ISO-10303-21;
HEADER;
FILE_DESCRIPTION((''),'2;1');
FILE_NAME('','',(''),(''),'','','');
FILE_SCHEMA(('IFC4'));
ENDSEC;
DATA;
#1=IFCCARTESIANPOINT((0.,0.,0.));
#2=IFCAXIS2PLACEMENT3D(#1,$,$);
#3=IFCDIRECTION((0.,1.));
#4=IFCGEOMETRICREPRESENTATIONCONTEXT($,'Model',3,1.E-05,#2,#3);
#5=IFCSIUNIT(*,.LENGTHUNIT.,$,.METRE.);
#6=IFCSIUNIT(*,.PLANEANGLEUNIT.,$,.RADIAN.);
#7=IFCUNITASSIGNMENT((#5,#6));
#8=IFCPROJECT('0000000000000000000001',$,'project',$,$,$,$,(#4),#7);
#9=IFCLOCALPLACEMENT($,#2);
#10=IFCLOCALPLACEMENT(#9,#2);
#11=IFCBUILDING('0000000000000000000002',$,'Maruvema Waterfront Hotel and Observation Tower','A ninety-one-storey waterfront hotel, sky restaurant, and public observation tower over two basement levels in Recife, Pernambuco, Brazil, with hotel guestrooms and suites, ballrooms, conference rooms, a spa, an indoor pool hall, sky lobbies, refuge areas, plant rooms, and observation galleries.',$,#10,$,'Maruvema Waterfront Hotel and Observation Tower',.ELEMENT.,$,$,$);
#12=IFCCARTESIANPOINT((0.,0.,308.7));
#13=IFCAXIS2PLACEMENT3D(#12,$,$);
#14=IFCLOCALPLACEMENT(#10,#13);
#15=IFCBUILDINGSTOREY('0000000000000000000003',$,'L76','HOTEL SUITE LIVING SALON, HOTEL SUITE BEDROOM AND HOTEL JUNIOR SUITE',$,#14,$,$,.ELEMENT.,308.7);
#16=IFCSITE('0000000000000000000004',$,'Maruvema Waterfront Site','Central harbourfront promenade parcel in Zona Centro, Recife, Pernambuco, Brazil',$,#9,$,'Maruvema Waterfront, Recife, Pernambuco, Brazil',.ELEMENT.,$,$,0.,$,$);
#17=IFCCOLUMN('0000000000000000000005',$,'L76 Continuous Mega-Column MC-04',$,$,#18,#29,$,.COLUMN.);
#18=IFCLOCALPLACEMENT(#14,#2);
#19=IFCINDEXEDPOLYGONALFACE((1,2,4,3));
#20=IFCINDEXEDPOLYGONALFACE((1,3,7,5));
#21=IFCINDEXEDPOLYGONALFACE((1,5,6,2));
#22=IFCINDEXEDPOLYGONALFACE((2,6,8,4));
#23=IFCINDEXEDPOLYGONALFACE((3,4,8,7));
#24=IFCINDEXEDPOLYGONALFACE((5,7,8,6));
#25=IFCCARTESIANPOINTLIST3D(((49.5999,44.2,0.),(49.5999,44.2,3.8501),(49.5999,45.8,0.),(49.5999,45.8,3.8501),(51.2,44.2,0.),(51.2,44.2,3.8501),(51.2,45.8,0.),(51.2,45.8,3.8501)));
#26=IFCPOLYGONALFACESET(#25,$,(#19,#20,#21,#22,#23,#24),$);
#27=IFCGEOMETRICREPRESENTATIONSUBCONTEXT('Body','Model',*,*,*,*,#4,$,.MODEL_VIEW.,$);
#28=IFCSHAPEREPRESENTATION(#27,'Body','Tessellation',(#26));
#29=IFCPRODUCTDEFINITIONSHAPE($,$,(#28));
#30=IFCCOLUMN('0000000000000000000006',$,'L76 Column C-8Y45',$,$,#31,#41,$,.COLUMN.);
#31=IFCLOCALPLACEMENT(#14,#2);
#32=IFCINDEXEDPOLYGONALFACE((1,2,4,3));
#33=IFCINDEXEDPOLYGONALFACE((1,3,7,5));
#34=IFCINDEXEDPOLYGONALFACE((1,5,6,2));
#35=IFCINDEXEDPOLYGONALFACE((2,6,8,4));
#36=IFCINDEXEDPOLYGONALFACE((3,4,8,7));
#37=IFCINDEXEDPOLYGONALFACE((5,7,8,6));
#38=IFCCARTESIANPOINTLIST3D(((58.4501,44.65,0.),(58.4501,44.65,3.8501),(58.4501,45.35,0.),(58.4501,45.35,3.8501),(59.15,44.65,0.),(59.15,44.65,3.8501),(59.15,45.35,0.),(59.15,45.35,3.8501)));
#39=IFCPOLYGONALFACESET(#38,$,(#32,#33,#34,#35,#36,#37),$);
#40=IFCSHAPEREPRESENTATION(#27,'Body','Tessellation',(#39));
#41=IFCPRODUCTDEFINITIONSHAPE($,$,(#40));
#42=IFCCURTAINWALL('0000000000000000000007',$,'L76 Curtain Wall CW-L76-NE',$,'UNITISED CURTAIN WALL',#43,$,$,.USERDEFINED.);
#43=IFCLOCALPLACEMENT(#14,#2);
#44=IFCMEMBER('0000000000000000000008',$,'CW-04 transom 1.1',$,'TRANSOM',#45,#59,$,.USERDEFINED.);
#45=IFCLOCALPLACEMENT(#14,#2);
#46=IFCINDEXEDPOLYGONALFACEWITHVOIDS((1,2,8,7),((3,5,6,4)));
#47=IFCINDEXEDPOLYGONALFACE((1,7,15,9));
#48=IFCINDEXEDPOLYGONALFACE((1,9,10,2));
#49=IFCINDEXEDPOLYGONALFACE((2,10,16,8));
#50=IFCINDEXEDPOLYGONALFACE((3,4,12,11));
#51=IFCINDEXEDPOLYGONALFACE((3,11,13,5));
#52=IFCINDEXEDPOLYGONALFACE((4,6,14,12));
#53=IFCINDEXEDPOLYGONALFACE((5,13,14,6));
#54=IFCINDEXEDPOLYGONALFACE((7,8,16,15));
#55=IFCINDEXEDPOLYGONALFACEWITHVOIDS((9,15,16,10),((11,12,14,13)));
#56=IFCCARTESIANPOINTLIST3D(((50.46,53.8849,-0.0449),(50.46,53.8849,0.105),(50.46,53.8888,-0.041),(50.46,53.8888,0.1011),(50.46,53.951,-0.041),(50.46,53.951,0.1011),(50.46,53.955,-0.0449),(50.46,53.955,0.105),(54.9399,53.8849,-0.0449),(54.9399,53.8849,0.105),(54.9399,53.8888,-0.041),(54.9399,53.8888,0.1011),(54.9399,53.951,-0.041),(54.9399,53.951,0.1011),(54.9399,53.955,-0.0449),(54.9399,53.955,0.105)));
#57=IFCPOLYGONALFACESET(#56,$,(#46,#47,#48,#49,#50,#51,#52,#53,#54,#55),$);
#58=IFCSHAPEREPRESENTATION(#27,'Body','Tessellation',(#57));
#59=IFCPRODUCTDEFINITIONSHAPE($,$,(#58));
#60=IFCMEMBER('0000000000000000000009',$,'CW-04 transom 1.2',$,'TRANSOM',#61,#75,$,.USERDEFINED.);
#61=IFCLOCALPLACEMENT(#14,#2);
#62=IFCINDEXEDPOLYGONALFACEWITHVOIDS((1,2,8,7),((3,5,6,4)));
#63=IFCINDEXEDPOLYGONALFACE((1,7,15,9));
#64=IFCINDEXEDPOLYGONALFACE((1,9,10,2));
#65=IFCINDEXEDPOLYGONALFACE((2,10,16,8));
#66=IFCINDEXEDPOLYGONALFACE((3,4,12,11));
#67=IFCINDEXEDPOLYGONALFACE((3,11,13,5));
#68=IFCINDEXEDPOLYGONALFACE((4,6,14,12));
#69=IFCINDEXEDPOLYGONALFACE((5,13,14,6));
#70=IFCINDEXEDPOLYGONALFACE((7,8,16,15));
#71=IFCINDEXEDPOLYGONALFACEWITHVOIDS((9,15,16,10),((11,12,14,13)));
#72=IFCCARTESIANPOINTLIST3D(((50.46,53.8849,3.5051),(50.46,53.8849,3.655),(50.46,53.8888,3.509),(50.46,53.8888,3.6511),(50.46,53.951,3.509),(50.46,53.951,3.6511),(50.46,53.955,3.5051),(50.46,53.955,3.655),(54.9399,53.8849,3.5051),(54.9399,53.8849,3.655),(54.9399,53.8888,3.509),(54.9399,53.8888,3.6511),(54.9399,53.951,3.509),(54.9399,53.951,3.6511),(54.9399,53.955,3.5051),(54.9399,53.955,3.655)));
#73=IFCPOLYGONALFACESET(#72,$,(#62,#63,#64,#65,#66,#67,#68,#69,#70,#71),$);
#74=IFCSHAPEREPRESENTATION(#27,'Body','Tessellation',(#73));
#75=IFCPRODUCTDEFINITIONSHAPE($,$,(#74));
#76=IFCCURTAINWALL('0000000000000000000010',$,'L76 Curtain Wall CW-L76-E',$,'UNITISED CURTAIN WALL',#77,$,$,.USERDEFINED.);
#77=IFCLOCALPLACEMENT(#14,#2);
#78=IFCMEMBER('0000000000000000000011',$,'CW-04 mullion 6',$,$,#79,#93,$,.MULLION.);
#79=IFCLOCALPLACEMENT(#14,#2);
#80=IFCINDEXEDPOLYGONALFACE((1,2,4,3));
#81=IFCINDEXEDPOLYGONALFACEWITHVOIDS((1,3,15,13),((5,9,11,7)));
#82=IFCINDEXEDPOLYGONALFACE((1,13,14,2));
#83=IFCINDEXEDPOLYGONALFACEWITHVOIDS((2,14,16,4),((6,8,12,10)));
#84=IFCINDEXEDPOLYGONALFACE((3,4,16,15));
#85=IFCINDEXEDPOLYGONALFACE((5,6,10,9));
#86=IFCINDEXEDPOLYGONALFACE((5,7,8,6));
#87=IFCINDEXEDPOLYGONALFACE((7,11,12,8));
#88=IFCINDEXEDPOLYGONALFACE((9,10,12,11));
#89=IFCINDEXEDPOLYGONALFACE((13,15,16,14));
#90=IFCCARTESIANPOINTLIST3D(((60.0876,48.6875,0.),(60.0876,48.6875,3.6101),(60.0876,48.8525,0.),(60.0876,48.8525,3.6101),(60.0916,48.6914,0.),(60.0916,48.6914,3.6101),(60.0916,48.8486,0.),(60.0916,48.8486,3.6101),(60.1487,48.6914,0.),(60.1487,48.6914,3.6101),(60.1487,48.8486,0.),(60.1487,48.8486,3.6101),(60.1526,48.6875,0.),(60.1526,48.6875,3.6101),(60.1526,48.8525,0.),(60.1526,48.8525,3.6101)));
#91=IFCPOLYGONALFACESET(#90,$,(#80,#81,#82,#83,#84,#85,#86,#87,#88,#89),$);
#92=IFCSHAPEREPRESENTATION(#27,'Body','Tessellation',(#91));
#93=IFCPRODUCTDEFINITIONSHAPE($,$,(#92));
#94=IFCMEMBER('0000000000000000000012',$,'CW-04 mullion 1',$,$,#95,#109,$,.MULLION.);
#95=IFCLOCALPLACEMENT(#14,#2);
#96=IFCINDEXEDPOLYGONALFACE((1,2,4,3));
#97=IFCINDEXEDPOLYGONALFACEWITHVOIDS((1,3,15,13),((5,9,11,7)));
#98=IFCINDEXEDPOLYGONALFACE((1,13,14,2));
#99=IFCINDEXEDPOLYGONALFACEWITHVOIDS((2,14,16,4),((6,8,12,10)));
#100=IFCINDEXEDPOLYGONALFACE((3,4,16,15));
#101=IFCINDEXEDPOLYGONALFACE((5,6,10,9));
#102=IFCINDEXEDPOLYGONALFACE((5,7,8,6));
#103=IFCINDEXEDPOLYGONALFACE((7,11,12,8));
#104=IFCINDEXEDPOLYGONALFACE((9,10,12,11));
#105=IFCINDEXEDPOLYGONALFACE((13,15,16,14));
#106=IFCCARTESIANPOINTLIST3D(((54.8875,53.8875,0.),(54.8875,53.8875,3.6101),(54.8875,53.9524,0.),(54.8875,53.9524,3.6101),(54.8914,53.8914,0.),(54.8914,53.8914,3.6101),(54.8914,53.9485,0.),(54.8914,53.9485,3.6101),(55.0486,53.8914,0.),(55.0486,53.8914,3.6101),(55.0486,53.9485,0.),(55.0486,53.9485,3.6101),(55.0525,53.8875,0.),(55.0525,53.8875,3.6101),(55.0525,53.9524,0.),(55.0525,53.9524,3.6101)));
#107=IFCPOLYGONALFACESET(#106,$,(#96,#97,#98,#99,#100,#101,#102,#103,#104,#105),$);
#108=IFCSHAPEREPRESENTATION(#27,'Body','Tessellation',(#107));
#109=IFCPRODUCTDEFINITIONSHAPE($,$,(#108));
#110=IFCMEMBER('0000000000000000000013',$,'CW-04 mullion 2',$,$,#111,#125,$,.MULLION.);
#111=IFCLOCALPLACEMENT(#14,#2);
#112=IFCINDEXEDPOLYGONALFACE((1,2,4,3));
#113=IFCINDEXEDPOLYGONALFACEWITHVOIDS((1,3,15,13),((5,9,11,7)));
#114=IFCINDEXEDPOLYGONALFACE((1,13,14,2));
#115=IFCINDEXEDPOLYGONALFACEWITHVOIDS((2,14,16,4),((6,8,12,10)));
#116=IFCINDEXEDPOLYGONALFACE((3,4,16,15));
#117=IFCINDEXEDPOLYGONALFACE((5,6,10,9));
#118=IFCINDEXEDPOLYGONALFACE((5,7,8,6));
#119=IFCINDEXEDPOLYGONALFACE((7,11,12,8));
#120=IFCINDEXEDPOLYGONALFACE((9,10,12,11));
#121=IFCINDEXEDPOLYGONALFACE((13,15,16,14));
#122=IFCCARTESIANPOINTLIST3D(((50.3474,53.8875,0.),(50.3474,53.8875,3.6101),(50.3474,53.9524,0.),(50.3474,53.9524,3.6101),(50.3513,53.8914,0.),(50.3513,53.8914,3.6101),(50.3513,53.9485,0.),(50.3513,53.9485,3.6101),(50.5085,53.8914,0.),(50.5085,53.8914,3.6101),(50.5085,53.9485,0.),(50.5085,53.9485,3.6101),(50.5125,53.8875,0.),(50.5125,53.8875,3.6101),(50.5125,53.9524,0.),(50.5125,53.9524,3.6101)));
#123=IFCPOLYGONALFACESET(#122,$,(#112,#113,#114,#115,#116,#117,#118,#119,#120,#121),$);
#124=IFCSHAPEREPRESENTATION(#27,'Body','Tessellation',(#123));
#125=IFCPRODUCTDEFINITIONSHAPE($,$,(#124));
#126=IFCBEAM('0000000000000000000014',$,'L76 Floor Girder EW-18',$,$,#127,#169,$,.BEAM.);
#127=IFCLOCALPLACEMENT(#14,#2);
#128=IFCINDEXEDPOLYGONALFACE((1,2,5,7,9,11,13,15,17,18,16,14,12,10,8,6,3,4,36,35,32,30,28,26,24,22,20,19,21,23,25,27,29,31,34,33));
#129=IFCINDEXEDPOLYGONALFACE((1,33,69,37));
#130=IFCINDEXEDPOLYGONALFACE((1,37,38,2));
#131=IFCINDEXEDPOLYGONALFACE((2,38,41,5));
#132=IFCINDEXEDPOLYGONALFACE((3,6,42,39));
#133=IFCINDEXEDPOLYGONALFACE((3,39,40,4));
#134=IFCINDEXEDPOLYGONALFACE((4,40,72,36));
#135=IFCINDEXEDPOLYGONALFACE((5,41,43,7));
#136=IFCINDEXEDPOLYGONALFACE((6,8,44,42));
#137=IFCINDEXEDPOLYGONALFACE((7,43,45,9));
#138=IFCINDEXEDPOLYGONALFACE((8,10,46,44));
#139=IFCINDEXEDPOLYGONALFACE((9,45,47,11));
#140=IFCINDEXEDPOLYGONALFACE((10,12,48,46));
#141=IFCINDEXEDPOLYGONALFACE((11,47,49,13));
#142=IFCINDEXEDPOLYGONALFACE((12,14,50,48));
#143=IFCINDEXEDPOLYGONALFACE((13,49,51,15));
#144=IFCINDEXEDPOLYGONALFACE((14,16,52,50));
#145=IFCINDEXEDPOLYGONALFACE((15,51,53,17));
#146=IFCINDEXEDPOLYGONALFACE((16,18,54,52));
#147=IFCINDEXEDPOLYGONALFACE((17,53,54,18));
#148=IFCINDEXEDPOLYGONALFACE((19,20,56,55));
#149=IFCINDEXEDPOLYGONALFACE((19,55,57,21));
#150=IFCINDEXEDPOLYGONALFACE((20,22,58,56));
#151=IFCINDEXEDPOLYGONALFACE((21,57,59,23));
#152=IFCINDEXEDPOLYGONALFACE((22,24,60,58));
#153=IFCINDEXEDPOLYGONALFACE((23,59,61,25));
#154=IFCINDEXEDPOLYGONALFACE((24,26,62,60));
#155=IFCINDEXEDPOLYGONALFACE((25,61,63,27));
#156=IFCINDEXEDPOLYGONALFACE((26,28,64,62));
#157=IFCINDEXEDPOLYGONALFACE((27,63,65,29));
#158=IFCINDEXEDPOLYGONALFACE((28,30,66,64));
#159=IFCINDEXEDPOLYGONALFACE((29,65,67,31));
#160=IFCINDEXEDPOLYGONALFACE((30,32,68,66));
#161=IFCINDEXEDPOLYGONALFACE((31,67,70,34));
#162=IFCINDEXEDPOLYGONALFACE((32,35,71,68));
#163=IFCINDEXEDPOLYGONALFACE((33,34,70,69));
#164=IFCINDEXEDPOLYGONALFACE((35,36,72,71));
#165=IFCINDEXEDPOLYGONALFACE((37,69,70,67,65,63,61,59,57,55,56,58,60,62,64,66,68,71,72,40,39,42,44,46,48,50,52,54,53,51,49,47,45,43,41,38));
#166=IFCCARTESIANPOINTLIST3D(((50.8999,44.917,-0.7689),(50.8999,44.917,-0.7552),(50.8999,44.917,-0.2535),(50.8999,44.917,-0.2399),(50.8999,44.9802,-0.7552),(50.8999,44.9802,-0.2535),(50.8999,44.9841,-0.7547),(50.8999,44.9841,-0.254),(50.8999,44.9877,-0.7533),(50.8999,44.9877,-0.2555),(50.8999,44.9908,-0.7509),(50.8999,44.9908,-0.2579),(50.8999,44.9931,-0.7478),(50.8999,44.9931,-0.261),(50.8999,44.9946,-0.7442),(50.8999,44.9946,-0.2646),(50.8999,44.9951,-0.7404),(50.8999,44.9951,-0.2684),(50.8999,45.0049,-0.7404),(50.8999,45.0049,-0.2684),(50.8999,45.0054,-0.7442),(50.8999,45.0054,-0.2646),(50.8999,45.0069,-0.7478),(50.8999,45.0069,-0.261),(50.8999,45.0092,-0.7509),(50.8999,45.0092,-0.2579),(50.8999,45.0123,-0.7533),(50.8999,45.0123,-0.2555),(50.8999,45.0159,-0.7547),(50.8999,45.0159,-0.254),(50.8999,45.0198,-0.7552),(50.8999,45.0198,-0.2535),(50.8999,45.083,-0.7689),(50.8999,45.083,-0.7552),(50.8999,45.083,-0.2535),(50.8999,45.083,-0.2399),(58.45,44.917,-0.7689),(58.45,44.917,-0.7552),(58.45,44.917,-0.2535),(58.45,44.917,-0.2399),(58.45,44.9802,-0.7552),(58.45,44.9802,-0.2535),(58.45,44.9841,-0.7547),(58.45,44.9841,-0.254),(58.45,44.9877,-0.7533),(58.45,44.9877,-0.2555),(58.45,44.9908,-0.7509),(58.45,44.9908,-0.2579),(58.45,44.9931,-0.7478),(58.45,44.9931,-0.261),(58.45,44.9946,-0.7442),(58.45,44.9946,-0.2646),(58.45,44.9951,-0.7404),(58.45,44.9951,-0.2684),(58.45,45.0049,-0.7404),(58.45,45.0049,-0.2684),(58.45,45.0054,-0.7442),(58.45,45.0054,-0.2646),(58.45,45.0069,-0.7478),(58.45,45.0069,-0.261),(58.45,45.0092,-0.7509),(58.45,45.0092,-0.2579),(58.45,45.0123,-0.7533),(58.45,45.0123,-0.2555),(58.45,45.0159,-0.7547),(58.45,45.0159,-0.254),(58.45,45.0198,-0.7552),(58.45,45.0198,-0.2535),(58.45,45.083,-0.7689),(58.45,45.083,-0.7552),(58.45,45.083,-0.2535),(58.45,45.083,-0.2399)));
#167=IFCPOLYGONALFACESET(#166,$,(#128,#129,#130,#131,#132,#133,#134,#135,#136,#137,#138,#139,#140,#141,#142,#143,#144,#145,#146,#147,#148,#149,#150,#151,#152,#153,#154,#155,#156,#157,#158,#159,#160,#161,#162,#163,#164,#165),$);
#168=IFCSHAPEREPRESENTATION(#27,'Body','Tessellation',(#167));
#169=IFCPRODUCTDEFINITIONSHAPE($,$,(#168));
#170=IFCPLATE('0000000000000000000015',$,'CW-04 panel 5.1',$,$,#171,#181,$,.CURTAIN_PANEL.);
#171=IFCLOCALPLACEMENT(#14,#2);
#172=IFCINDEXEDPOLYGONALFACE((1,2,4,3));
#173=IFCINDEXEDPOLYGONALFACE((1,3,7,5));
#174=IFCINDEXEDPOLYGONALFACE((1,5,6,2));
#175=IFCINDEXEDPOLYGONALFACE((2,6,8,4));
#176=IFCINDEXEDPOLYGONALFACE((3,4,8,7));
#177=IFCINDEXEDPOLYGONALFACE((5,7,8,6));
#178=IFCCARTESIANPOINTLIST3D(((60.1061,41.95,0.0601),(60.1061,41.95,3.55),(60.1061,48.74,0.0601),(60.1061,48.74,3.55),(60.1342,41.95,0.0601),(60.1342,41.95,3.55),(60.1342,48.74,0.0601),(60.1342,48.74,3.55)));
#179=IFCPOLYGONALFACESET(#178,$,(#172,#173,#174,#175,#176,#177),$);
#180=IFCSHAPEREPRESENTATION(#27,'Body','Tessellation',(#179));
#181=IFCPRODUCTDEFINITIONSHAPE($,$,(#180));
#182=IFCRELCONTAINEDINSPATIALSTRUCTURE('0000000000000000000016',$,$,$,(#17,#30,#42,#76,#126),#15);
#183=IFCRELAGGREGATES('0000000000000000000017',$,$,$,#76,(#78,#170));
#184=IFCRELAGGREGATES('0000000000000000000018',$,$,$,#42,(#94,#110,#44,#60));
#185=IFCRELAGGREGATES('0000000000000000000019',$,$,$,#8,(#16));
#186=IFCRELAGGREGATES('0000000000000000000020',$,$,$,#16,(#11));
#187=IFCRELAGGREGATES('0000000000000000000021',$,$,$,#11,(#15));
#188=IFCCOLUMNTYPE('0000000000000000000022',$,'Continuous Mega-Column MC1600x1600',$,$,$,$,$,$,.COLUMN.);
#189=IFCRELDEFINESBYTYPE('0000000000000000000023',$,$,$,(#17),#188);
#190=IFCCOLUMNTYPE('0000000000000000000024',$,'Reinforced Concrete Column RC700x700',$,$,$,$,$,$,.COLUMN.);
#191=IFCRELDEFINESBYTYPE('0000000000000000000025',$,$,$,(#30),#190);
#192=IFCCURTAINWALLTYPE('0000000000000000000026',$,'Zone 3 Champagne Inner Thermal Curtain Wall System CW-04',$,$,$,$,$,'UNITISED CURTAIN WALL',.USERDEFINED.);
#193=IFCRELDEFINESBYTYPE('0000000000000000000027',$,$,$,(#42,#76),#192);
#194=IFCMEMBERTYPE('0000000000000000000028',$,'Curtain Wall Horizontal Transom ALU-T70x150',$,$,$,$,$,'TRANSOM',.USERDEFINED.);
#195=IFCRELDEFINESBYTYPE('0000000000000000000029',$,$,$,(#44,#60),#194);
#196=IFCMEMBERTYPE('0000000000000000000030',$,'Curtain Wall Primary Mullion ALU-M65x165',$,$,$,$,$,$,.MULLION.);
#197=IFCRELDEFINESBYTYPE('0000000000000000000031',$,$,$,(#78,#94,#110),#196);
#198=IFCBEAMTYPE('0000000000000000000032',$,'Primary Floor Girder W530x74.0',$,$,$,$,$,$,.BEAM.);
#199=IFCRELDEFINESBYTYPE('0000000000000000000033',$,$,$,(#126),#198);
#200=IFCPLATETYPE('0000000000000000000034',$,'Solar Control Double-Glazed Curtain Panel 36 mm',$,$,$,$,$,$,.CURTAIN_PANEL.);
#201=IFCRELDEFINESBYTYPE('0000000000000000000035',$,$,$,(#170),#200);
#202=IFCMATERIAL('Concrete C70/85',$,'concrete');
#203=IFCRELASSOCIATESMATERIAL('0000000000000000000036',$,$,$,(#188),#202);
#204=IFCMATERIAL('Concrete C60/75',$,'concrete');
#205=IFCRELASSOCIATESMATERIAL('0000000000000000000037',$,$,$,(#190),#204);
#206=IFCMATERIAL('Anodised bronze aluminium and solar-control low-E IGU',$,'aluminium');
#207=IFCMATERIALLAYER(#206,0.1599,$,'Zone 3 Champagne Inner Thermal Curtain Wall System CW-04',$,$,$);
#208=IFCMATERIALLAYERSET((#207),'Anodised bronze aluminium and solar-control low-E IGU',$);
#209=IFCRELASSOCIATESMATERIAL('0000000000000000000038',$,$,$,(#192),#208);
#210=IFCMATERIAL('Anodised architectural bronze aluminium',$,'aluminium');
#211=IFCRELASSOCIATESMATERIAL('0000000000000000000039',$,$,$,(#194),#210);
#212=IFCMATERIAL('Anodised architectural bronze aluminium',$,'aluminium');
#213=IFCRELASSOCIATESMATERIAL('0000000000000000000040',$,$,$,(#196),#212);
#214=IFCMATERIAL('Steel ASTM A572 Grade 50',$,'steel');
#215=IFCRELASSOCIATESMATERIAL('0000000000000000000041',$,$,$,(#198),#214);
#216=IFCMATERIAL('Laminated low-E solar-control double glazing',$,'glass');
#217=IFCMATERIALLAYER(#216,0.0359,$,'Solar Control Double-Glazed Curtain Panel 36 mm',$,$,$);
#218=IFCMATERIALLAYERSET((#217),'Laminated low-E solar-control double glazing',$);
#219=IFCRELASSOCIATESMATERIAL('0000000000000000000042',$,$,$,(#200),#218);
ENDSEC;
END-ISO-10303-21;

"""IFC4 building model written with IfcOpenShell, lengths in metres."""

from ifc_helpers import new_model, si_unit, direction, frame, origin, origin_2d, place, context, subcontext, project, spatial, rectangle, hollow_rectangle, i_section, extrude, material, layer, layer_set, material_profile, profile_set, type_object, element, aggregate, save


model = new_model("IFC4")

# Units and contexts
model_context = context("Model", 3, precision=1e-05, world=origin(), true_north=direction((0.0, 1.0)))
body_context = subcontext(model_context, "Body", "Model", "MODEL_VIEW")
ifc_project = project(units=[si_unit("LENGTHUNIT", "METRE"), si_unit("PLANEANGLEUNIT", "RADIAN")], contexts=[model_context])

# Site, building, storey
site_placement = place(None, origin())
site = spatial("IfcSite", under=ifc_project, at=site_placement, Name="Maruvema Waterfront Site", Description="Central harbourfront promenade parcel in Zona Centro, Recife, Pernambuco, Brazil", LongName="Maruvema Waterfront, Recife, Pernambuco, Brazil", CompositionType="ELEMENT", RefElevation=0.0)
building_placement = place(site_placement, origin())
building = spatial("IfcBuilding", under=site, at=building_placement, Name="Maruvema Waterfront Hotel and Observation Tower", Description="A ninety-one-storey waterfront hotel, sky restaurant, and public observation tower over two basement levels in Recife, Pernambuco, Brazil, with hotel guestrooms and suites, ballrooms, conference rooms, a spa, an indoor pool hall, sky lobbies, refuge areas, plant rooms, and observation galleries.", LongName="Maruvema Waterfront Hotel and Observation Tower", CompositionType="ELEMENT")
storey_placement = place(building_placement, frame((0.0, 0.0, 308.7)))
storey = spatial("IfcBuildingStorey", under=building, at=storey_placement, Name="L76", Description="HOTEL SUITE LIVING SALON, HOTEL SUITE BEDROOM AND HOTEL JUNIOR SUITE", CompositionType="ELEMENT", Elevation=308.7)

# Columns
ifc_material_1 = material(Name="Concrete C70/85", Category="concrete")
ifc_material_profile_1 = material_profile(ifc_material_1, rectangle(XDim=1.6001, YDim=1.6001, at=origin_2d()), Name="MC1600x1600")
ifc_profile_set_1 = profile_set([ifc_material_profile_1], Name="Concrete C70/85")
column_type_1 = type_object("IfcColumnType", Name="Continuous Mega-Column MC1600x1600", PredefinedType="COLUMN", material=ifc_profile_set_1)
column_1_placement = place(storey_placement, frame((50.3999, 45.0, 0.0), z_axis=(0.0, 0.0, 1.0), x_axis=(1.0, 0.0, 0.0)))
element("IfcColumn", 1, at=column_1_placement, inside=storey, type_object=column_type_1, Name="L76 Continuous Mega-Column MC-04", PredefinedType="COLUMN", context=body_context, shape_type="SweptSolid", body=[
    extrude(rectangle(XDim=1.6001, YDim=1.6001, at=origin_2d()), origin(), (0.0, 0.0, 1.0), 3.8501),
])
ifc_material_2 = material(Name="Concrete C60/75", Category="concrete")
ifc_material_profile_2 = material_profile(ifc_material_2, rectangle(XDim=0.7, YDim=0.7, at=origin_2d()), Name="RC700x700")
ifc_profile_set_2 = profile_set([ifc_material_profile_2], Name="Concrete C60/75")
column_type_2 = type_object("IfcColumnType", Name="Reinforced Concrete Column RC700x700", PredefinedType="COLUMN", material=ifc_profile_set_2)
column_2_placement = place(storey_placement, frame((58.8, 45.0, 0.0), z_axis=(0.0, 0.0, 1.0), x_axis=(1.0, 0.0, 0.0)))
element("IfcColumn", 2, at=column_2_placement, inside=storey, type_object=column_type_2, Name="L76 Column C-8Y45", PredefinedType="COLUMN", context=body_context, shape_type="SweptSolid", body=[
    extrude(rectangle(XDim=0.7, YDim=0.7, at=origin_2d()), origin(), (0.0, 0.0, 1.0), 3.8501),
])

# Curtain wall, members
ifc_material_3 = material(Name="Anodised bronze aluminium and solar-control low-E IGU", Category="aluminium")
ifc_layer_1 = layer(ifc_material_3, 0.1599, Name="Zone 3 Champagne Inner Thermal Curtain Wall System CW-04")
ifc_layer_set_1 = layer_set([ifc_layer_1], Name="Anodised bronze aluminium and solar-control low-E IGU")
curtain_wall_type = type_object("IfcCurtainWallType", Name="Zone 3 Champagne Inner Thermal Curtain Wall System CW-04", ElementType="UNITISED CURTAIN WALL", PredefinedType="USERDEFINED", material=ifc_layer_set_1)
curtain_wall_1_placement = place(storey_placement, origin())
curtain_wall_1 = element("IfcCurtainWall", 3, at=curtain_wall_1_placement, inside=storey, type_object=curtain_wall_type, Name="L76 Curtain Wall CW-L76-NE", ObjectType="UNITISED CURTAIN WALL", PredefinedType="USERDEFINED")
ifc_material_4 = material(Name="Anodised architectural bronze aluminium", Category="aluminium")
ifc_material_profile_3 = material_profile(ifc_material_4, hollow_rectangle(XDim=0.0701, YDim=0.1499, WallThickness=0.0039, at=origin_2d()), Name="ALU-T70x150")
ifc_profile_set_3 = profile_set([ifc_material_profile_3], Name="Anodised architectural bronze aluminium")
member_type_1 = type_object("IfcMemberType", Name="Curtain Wall Horizontal Transom ALU-T70x150", ElementType="TRANSOM", PredefinedType="USERDEFINED", material=ifc_profile_set_3)
member_1_placement = place(storey_placement, frame((54.9399, 53.9199, 0.03), z_axis=(-1.0, 0.0, 0.0), x_axis=(0.0, -1.0, 0.0)))
member_1 = element("IfcMember", 4, at=member_1_placement, type_object=member_type_1, Name="CW-04 transom 1.1", ObjectType="TRANSOM", PredefinedType="USERDEFINED", context=body_context, shape_type="SweptSolid", body=[
    extrude(hollow_rectangle(XDim=0.0701, YDim=0.1499, WallThickness=0.0039, at=origin_2d()), origin(), (0.0, 0.0, 1.0), 4.48),
])
member_2_placement = place(storey_placement, frame((54.9399, 53.9199, 3.5801), z_axis=(-1.0, 0.0, 0.0), x_axis=(0.0, -1.0, 0.0)))
member_2 = element("IfcMember", 5, at=member_2_placement, type_object=member_type_1, Name="CW-04 transom 1.2", ObjectType="TRANSOM", PredefinedType="USERDEFINED", context=body_context, shape_type="SweptSolid", body=[
    extrude(hollow_rectangle(XDim=0.0701, YDim=0.1499, WallThickness=0.0039, at=origin_2d()), origin(), (0.0, 0.0, 1.0), 4.48),
])

# Curtain wall, member
curtain_wall_2_placement = place(storey_placement, origin())
curtain_wall_2 = element("IfcCurtainWall", 6, at=curtain_wall_2_placement, inside=storey, type_object=curtain_wall_type, Name="L76 Curtain Wall CW-L76-E", ObjectType="UNITISED CURTAIN WALL", PredefinedType="USERDEFINED")
ifc_material_5 = material(Name="Anodised architectural bronze aluminium", Category="aluminium")
ifc_material_profile_4 = material_profile(ifc_material_5, hollow_rectangle(XDim=0.0649, YDim=0.165, WallThickness=0.0039, at=origin_2d()), Name="ALU-M65x165")
ifc_profile_set_4 = profile_set([ifc_material_profile_4], Name="Anodised architectural bronze aluminium")
member_type_2 = type_object("IfcMemberType", Name="Curtain Wall Primary Mullion ALU-M65x165", PredefinedType="MULLION", material=ifc_profile_set_4)
member_3_placement = place(storey_placement, frame((60.1201, 48.77, 0.0), z_axis=(0.0, 0.0, 1.0), x_axis=(-1.0, 0.0, 0.0)))
member_3 = element("IfcMember", 7, at=member_3_placement, type_object=member_type_2, Name="CW-04 mullion 6", PredefinedType="MULLION", context=body_context, shape_type="SweptSolid", body=[
    extrude(hollow_rectangle(XDim=0.0649, YDim=0.165, WallThickness=0.0039, at=origin_2d()), origin(), (0.0, 0.0, 1.0), 3.6101),
])

# Members
member_4_placement = place(storey_placement, frame((54.97, 53.9199, 0.0), z_axis=(0.0, 0.0, 1.0), x_axis=(0.0, -1.0, 0.0)))
member_4 = element("IfcMember", 8, at=member_4_placement, type_object=member_type_2, Name="CW-04 mullion 1", PredefinedType="MULLION", context=body_context, shape_type="SweptSolid", body=[
    extrude(hollow_rectangle(XDim=0.0649, YDim=0.165, WallThickness=0.0039, at=origin_2d()), origin(), (0.0, 0.0, 1.0), 3.6101),
])
member_5_placement = place(storey_placement, frame((50.4299, 53.9199, 0.0), z_axis=(0.0, 0.0, 1.0), x_axis=(0.0, -1.0, 0.0)))
member_5 = element("IfcMember", 9, at=member_5_placement, type_object=member_type_2, Name="CW-04 mullion 2", PredefinedType="MULLION", context=body_context, shape_type="SweptSolid", body=[
    extrude(hollow_rectangle(XDim=0.0649, YDim=0.165, WallThickness=0.0039, at=origin_2d()), origin(), (0.0, 0.0, 1.0), 3.6101),
])

# Beam
ifc_material_6 = material(Name="Steel ASTM A572 Grade 50", Category="steel")
ifc_material_profile_5 = material_profile(ifc_material_6, i_section(OverallWidth=0.166, OverallDepth=0.5291, WebThickness=0.0098, FlangeThickness=0.0137, FilletRadius=0.0149, at=origin_2d()), Name="W530x74.0")
ifc_profile_set_5 = profile_set([ifc_material_profile_5], Name="Steel ASTM A572 Grade 50")
beam_type = type_object("IfcBeamType", Name="Primary Floor Girder W530x74.0", PredefinedType="BEAM", material=ifc_profile_set_5)
beam_placement = place(storey_placement, frame((50.8999, 45.0, -0.5044), z_axis=(1.0, 0.0, 0.0), x_axis=(0.0, 1.0, 0.0)))
element("IfcBeam", 10, at=beam_placement, inside=storey, type_object=beam_type, Name="L76 Floor Girder EW-18", PredefinedType="BEAM", context=body_context, shape_type="SweptSolid", body=[
    extrude(i_section(OverallWidth=0.166, OverallDepth=0.5291, WebThickness=0.0098, FlangeThickness=0.0137, FilletRadius=0.0149, at=origin_2d()), origin(), (0.0, 0.0, 1.0), 7.55),
])

# Plate
ifc_material_7 = material(Name="Laminated low-E solar-control double glazing", Category="glass")
ifc_layer_2 = layer(ifc_material_7, 0.0359, Name="Solar Control Double-Glazed Curtain Panel 36 mm")
ifc_layer_set_2 = layer_set([ifc_layer_2], Name="Laminated low-E solar-control double glazing")
plate_type = type_object("IfcPlateType", Name="Solar Control Double-Glazed Curtain Panel 36 mm", PredefinedType="CURTAIN_PANEL", material=ifc_layer_set_2)
plate_1_placement = place(storey_placement, frame((60.1201, 45.345, 0.0601), z_axis=(0.0, 0.0, 1.0), x_axis=(0.0, 1.0, 0.0)))
plate_1 = element("IfcPlate", 11, at=plate_1_placement, type_object=plate_type, Name="CW-04 panel 5.1", PredefinedType="CURTAIN_PANEL", context=body_context, shape_type="SweptSolid", body=[
    extrude(rectangle(XDim=6.79, YDim=0.0281, at=origin_2d()), origin(), (0.0, 0.0, 1.0), 3.49),
])
aggregate(curtain_wall_2, [member_3, plate_1])
aggregate(curtain_wall_1, [member_4, member_5, member_1, member_2])

save(model, "model.ifc")
